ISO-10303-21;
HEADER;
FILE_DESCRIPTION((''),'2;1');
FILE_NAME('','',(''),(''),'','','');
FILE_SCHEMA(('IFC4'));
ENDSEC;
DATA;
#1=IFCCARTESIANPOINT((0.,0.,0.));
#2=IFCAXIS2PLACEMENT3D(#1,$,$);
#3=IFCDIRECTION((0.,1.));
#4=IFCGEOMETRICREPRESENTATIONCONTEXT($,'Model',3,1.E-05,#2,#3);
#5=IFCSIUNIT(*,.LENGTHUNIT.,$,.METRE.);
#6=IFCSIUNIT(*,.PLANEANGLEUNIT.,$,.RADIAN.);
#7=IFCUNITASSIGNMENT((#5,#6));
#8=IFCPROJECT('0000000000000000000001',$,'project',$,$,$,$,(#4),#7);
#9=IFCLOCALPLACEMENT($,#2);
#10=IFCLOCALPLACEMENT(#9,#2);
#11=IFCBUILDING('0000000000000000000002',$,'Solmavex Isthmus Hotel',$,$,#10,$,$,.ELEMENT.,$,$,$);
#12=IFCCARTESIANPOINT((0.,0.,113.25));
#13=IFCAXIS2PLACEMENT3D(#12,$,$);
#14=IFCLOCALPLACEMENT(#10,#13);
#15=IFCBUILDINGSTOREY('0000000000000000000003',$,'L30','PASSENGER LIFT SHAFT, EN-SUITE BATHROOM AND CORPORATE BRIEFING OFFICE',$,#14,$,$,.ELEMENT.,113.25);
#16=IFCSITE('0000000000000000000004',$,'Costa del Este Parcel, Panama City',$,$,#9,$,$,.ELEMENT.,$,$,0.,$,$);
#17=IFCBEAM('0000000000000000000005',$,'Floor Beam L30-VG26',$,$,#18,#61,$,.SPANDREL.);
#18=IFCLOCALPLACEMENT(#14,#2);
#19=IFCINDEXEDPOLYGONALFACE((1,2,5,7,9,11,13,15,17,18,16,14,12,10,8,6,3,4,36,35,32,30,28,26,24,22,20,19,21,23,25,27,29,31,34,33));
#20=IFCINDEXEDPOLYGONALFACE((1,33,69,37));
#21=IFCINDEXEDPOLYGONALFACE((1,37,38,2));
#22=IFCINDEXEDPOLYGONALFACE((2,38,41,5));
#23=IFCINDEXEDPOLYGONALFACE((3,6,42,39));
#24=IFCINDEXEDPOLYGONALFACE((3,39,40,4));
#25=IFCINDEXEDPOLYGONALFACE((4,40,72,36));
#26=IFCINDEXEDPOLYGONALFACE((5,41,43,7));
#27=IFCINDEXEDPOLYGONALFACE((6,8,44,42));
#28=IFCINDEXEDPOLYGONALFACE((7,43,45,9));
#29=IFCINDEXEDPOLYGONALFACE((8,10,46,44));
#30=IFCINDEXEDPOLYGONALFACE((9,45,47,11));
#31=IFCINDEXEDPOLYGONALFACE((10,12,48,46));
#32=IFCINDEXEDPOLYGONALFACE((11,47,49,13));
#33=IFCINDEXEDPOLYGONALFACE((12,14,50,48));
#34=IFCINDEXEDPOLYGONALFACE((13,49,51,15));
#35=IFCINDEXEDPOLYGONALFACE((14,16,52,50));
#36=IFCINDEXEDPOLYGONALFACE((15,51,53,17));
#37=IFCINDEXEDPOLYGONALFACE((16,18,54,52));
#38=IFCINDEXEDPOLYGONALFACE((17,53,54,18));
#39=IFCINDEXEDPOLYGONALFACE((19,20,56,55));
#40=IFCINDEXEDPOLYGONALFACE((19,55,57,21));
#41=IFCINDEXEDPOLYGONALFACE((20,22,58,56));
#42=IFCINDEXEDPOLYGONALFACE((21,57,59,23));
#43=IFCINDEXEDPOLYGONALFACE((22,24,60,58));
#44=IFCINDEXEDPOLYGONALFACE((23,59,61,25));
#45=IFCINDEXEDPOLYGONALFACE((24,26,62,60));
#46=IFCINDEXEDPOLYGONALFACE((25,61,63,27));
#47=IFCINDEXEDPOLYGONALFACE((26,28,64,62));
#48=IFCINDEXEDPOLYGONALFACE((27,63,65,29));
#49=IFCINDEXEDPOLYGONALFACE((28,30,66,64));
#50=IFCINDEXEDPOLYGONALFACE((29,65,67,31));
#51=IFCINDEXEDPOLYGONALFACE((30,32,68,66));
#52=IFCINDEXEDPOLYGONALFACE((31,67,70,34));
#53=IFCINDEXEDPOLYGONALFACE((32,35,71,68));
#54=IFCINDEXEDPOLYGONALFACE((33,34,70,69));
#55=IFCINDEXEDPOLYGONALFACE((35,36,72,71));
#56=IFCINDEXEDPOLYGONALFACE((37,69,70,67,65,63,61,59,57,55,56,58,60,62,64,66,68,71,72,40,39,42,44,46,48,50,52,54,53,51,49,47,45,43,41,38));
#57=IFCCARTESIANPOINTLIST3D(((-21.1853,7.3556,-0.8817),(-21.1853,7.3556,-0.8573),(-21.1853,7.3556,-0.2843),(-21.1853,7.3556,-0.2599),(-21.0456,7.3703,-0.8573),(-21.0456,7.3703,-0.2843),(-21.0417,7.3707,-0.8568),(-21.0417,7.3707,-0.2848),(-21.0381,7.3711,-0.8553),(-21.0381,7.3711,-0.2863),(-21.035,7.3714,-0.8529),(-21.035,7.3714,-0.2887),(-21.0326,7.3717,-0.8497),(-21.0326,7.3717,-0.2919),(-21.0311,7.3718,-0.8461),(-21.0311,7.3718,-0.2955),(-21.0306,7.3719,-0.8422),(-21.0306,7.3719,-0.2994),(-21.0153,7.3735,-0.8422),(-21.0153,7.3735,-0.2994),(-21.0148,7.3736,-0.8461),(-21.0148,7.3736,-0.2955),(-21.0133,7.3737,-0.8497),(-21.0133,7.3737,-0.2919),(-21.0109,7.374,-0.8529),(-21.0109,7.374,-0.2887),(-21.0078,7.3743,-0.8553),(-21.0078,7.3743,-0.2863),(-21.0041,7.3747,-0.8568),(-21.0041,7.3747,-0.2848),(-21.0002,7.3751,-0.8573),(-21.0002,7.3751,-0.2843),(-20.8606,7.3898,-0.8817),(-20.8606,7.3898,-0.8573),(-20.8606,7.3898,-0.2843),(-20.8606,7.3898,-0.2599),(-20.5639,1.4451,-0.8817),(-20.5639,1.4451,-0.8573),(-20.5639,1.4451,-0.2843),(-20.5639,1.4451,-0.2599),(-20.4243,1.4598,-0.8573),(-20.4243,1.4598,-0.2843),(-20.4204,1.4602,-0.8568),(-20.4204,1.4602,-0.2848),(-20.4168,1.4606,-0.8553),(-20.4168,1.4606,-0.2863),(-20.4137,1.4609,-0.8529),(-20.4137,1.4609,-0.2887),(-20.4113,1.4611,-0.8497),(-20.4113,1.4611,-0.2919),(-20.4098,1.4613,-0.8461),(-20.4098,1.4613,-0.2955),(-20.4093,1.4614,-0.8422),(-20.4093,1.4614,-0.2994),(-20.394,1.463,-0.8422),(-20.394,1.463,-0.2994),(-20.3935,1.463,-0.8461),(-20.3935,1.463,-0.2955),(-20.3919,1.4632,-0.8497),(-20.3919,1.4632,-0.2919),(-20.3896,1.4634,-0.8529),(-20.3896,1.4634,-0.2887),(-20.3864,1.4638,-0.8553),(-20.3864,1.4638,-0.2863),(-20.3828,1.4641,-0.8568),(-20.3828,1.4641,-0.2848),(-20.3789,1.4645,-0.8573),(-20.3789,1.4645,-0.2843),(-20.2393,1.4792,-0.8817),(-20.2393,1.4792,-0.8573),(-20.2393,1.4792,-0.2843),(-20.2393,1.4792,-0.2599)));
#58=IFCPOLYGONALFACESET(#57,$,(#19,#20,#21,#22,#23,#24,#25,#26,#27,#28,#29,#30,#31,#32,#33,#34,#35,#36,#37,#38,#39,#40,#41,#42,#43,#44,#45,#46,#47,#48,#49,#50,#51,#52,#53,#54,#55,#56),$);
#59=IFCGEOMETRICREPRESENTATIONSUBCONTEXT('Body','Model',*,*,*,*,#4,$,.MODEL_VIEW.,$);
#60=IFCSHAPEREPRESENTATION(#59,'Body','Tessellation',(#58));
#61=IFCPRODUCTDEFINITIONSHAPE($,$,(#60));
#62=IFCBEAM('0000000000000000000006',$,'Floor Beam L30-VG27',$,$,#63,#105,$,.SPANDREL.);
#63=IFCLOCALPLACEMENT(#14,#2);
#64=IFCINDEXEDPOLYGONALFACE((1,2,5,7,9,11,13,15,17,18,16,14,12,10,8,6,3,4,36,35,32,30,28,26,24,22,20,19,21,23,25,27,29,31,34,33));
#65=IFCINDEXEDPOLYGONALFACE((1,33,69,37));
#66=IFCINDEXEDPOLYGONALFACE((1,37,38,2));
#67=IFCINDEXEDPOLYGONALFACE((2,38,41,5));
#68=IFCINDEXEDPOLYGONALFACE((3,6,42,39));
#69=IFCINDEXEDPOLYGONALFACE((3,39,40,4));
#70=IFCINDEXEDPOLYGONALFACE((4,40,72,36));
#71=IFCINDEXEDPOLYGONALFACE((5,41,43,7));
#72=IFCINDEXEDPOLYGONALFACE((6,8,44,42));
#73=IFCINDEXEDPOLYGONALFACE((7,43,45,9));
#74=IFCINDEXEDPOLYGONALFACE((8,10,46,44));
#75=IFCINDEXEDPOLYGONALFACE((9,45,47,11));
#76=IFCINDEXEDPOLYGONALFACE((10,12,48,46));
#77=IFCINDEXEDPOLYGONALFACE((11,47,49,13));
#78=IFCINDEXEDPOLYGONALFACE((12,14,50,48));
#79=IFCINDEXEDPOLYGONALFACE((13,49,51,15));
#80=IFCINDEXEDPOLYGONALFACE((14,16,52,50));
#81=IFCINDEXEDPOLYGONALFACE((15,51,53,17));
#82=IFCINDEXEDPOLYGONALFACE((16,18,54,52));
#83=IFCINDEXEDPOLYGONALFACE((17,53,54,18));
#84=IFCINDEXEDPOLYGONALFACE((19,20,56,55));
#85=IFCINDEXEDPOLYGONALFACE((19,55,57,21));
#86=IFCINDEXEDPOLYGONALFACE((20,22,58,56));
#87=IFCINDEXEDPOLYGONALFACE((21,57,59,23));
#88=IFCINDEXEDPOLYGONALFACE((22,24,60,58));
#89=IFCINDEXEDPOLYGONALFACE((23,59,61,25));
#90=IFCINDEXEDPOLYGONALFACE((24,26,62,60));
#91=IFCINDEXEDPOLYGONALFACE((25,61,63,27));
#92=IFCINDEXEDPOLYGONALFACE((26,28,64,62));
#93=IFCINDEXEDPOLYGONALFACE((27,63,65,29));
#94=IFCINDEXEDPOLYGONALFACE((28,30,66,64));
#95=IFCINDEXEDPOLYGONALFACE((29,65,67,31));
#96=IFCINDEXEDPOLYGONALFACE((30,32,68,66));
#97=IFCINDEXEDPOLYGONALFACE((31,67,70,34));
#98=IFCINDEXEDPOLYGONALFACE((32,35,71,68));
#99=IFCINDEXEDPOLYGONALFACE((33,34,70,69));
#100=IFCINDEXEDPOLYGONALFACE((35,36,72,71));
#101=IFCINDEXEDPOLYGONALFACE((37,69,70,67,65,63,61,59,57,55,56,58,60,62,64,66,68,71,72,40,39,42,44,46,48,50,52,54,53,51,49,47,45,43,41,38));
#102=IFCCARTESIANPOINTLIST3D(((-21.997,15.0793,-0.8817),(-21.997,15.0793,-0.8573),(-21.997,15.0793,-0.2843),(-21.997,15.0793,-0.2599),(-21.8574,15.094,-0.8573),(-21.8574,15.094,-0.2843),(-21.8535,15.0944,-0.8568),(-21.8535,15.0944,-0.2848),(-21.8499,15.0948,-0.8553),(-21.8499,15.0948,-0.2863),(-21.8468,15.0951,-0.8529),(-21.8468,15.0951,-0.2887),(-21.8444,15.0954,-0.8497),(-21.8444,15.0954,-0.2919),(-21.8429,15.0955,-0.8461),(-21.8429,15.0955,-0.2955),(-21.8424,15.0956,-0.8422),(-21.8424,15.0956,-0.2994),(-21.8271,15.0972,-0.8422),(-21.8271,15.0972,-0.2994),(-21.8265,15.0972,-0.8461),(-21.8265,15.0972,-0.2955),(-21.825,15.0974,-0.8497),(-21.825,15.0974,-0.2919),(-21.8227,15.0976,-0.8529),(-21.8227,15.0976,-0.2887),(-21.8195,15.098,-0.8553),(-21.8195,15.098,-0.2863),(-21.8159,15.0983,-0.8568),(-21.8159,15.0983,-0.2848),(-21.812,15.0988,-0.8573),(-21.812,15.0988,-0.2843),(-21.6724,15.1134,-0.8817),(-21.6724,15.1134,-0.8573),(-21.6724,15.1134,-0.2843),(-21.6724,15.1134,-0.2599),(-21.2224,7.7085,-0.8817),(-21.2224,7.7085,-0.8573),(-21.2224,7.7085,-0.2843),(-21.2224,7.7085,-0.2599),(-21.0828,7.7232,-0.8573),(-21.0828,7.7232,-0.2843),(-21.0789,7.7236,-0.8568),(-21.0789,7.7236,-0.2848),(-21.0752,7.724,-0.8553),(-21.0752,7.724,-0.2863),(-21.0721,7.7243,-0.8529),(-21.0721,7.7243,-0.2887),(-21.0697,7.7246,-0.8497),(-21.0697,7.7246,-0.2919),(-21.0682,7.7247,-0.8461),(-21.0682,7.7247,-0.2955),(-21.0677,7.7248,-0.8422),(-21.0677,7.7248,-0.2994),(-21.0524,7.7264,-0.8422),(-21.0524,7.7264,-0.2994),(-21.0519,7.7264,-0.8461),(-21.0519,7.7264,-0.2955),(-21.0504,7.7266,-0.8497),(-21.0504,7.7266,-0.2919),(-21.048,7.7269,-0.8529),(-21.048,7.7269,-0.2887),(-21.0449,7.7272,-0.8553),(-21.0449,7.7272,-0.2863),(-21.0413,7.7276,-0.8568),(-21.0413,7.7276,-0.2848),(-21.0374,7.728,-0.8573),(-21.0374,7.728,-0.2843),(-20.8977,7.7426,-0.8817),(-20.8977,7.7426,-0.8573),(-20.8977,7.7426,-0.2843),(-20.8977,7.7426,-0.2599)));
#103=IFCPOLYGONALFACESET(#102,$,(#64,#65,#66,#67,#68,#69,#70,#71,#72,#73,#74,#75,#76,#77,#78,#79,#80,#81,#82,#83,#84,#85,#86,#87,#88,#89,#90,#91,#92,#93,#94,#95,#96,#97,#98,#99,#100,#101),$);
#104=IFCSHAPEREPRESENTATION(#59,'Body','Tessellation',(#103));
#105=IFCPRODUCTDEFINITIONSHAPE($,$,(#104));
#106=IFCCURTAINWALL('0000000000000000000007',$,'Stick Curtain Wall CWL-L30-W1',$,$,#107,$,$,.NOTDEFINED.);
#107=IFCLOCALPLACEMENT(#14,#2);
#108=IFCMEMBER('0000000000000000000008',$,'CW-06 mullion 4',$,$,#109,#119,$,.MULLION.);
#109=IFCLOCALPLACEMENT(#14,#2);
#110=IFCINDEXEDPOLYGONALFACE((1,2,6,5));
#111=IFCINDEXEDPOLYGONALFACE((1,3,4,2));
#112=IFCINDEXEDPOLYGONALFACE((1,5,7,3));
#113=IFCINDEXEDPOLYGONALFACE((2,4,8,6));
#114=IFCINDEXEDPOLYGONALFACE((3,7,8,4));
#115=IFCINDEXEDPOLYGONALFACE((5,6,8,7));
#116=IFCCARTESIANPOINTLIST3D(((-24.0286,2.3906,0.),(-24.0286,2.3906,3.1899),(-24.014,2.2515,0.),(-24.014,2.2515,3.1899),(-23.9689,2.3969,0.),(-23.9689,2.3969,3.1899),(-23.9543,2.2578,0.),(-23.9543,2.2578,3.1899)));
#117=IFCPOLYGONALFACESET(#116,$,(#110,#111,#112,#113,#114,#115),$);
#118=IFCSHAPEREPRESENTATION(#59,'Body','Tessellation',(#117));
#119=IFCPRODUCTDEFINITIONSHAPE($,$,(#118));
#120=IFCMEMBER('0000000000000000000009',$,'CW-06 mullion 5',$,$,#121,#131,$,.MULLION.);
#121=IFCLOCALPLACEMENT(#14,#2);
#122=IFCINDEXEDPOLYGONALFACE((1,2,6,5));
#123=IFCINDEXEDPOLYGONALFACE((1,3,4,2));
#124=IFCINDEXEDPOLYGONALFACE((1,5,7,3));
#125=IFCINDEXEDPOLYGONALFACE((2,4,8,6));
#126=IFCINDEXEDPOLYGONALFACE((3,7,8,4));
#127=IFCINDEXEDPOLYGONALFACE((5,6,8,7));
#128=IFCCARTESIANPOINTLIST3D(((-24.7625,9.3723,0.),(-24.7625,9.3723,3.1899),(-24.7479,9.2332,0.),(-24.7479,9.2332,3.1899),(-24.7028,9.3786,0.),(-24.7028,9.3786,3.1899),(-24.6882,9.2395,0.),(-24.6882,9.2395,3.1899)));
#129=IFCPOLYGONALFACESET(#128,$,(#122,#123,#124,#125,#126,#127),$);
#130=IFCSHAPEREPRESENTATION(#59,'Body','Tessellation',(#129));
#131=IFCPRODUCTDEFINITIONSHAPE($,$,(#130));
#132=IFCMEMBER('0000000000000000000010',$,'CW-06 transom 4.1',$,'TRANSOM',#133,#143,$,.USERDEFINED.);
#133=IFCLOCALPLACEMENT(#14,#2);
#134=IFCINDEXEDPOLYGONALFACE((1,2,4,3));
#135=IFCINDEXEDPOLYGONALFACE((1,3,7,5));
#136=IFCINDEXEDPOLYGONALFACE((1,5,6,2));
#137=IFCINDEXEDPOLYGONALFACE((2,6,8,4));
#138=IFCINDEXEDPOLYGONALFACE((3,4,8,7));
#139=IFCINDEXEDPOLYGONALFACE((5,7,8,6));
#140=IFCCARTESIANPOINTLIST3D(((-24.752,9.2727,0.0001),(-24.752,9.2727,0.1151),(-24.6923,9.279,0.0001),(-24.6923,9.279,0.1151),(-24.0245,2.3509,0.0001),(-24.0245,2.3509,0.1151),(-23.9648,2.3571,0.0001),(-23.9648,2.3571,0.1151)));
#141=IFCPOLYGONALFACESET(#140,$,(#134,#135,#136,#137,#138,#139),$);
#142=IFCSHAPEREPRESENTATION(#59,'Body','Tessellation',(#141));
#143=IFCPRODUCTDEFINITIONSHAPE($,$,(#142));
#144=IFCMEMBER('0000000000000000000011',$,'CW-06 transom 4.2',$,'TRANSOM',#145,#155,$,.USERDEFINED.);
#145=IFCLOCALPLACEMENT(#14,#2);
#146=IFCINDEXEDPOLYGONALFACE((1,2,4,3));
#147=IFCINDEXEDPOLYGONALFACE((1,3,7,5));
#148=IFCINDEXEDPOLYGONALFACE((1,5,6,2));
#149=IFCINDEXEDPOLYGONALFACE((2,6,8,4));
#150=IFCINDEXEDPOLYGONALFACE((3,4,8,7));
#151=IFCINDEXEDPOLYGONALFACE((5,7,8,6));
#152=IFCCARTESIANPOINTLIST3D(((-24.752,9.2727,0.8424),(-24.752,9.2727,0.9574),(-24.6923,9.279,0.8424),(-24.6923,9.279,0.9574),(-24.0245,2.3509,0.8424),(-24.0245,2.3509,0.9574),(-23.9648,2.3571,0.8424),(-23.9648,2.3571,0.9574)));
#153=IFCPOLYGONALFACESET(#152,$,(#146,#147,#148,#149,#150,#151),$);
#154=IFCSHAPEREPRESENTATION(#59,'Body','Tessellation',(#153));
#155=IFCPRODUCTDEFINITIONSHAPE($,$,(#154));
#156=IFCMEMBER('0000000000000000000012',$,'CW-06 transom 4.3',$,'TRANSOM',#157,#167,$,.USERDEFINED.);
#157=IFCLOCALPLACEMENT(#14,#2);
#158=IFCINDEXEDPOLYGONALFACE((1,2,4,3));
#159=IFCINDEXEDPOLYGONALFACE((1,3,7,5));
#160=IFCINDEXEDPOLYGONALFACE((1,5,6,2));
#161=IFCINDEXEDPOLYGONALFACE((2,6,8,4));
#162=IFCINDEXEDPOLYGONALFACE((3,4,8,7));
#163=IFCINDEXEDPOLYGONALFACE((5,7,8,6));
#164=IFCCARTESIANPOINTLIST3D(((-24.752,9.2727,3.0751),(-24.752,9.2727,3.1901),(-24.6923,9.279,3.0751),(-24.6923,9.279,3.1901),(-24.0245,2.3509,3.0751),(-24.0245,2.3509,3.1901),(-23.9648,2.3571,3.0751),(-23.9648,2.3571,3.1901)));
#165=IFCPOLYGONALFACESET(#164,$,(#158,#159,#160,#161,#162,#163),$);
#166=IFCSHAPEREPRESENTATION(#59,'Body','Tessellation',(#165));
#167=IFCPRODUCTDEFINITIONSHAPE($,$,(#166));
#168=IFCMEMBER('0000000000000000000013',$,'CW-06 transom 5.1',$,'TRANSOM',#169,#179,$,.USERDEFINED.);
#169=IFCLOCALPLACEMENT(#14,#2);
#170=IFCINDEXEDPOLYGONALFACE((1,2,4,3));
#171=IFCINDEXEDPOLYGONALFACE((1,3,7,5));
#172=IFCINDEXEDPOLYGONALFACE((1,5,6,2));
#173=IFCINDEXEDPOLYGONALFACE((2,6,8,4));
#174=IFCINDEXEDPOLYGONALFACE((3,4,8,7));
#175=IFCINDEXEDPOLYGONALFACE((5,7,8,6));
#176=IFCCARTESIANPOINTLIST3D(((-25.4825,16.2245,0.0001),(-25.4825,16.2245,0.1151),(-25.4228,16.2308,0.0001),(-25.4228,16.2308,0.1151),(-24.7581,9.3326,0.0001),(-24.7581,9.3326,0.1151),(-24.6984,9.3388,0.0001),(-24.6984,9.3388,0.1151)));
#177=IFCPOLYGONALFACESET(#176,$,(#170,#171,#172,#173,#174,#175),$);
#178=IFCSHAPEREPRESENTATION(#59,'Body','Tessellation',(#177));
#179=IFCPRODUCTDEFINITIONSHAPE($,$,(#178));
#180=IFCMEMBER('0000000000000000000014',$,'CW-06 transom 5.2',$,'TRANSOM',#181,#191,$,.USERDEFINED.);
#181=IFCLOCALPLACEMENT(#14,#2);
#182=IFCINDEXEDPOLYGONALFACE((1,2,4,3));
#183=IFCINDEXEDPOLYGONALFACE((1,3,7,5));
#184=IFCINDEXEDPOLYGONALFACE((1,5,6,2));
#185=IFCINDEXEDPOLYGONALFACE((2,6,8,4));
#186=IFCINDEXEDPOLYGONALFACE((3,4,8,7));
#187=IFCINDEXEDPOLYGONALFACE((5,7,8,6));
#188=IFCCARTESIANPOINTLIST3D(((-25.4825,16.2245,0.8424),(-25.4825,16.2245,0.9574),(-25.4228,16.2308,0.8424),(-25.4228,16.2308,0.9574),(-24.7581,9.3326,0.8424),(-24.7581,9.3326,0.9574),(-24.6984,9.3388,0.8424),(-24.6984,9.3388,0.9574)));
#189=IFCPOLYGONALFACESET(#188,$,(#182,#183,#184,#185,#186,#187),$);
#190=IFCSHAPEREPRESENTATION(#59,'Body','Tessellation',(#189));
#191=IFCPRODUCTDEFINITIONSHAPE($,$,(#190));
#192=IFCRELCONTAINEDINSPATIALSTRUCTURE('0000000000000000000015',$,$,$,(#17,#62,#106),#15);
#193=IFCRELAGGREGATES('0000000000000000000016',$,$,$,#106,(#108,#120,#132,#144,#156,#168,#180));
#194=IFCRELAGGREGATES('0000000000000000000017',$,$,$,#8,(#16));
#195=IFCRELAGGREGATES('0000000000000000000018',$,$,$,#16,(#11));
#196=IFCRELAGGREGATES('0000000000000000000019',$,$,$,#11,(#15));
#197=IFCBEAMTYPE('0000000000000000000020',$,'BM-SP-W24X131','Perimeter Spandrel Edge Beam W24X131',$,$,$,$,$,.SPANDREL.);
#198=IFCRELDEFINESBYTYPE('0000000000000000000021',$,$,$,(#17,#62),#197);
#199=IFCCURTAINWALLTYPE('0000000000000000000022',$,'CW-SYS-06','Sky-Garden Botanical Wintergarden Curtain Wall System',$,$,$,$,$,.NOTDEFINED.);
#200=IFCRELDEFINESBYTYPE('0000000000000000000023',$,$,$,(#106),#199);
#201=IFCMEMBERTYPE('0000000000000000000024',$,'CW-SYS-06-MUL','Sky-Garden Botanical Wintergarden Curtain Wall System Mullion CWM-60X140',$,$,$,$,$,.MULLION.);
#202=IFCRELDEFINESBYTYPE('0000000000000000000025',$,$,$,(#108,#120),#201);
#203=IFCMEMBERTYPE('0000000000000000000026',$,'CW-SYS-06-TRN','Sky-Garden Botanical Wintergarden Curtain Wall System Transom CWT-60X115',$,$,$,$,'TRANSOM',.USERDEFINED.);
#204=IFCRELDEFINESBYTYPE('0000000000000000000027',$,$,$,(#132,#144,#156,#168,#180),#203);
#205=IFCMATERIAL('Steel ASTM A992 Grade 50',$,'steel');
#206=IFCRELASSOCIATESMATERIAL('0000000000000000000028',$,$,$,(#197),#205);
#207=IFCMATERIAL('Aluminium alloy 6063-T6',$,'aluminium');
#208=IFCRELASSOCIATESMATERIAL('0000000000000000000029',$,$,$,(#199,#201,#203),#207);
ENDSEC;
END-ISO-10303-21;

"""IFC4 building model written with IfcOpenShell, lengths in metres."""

from ifc_helpers import new_model, si_unit, direction, frame, origin, origin_2d, place, context, subcontext, project, spatial, rectangle, i_section, extrude, material, material_profile, profile_set, type_object, element, aggregate, save


model = new_model("IFC4")

# Units and contexts
model_context = context("Model", 3, precision=1e-05, world=origin(), true_north=direction((0.0, 1.0)))
body_context = subcontext(model_context, "Body", "Model", "MODEL_VIEW")
ifc_project = project(units=[si_unit("LENGTHUNIT", "METRE"), si_unit("PLANEANGLEUNIT", "RADIAN")], contexts=[model_context])

# Site, building, storey
site_placement = place(None, origin())
site = spatial("IfcSite", under=ifc_project, at=site_placement, Name="Costa del Este Parcel, Panama City", CompositionType="ELEMENT", RefElevation=0.0)
building_placement = place(site_placement, origin())
building = spatial("IfcBuilding", under=site, at=building_placement, Name="Solmavex Isthmus Hotel", CompositionType="ELEMENT")
storey_placement = place(building_placement, frame((0.0, 0.0, 113.25)))
storey = spatial("IfcBuildingStorey", under=building, at=storey_placement, Name="L30", Description="PASSENGER LIFT SHAFT, EN-SUITE BATHROOM AND CORPORATE BRIEFING OFFICE", CompositionType="ELEMENT", Elevation=113.25)

# Beams
ifc_material_1 = material(Name="Steel ASTM A992 Grade 50", Category="steel")
ifc_material_profile_1 = material_profile(ifc_material_1, i_section(OverallWidth=0.3264, OverallDepth=0.6218, WebThickness=0.0154, FlangeThickness=0.0244, FilletRadius=0.0151, at=origin_2d()), Name="W24X131")
ifc_profile_set_1 = profile_set([ifc_material_profile_1], Name="Steel ASTM A992 Grade 50")
beam_type_1 = type_object("IfcBeamType", Name="BM-SP-W24X131", Description="Perimeter Spandrel Edge Beam W24X131", PredefinedType="SPANDREL", material=ifc_profile_set_1)
beam_1_placement = place(storey_placement, frame((-20.4016, 1.4622, -0.5708), z_axis=(-0.104546, 0.99452, 0.0), x_axis=(-0.99452, -0.104546, 0.0)))
element("IfcBeam", 1, at=beam_1_placement, inside=storey, type_object=beam_type_1, Name="Floor Beam L30-VG26", PredefinedType="SPANDREL", context=body_context, shape_type="SweptSolid", body=[
    extrude(i_section(OverallWidth=0.3264, OverallDepth=0.6218, WebThickness=0.0154, FlangeThickness=0.0244, FilletRadius=0.0151, at=origin_2d()), origin(), (0.0, 0.0, 1.0), 5.9431),
])
beam_2_placement = place(storey_placement, frame((-21.0601, 7.7256, -0.5708), z_axis=(-0.104522, 0.994523, 0.0), x_axis=(-0.994523, -0.104522, 0.0)))
element("IfcBeam", 2, at=beam_2_placement, inside=storey, type_object=beam_type_1, Name="Floor Beam L30-VG27", PredefinedType="SPANDREL", context=body_context, shape_type="SweptSolid", body=[
    extrude(i_section(OverallWidth=0.3264, OverallDepth=0.6218, WebThickness=0.0154, FlangeThickness=0.0244, FilletRadius=0.0151, at=origin_2d()), origin(), (0.0, 0.0, 1.0), 7.4114),
])

# Curtain wall, members
ifc_material_2 = material(Name="Aluminium alloy 6063-T6", Category="aluminium")
curtain_wall_type = type_object("IfcCurtainWallType", Name="CW-SYS-06", Description="Sky-Garden Botanical Wintergarden Curtain Wall System", PredefinedType="NOTDEFINED", material=ifc_material_2)
curtain_wall_placement = place(storey_placement, origin())
curtain_wall = element("IfcCurtainWall", 3, at=curtain_wall_placement, inside=storey, type_object=curtain_wall_type, Name="Stick Curtain Wall CWL-L30-W1", PredefinedType="NOTDEFINED")
ifc_material_profile_2 = material_profile(ifc_material_2, rectangle(XDim=0.0601, YDim=0.1399, at=origin_2d()), Name="CWM-60X140")
ifc_profile_set_2 = profile_set([ifc_material_profile_2], Name="Aluminium alloy 6063-T6")
member_type_1 = type_object("IfcMemberType", Name="CW-SYS-06-MUL", Description="Sky-Garden Botanical Wintergarden Curtain Wall System Mullion CWM-60X140", PredefinedType="MULLION", material=ifc_profile_set_2)
member_1_placement = place(storey_placement, frame((-23.9915, 2.3242, 0.0), z_axis=(0.0, 0.0, 1.0), x_axis=(-0.994522, -0.104528, 0.0)))
member_1 = element("IfcMember", 4, at=member_1_placement, type_object=member_type_1, Name="CW-06 mullion 4", PredefinedType="MULLION", context=body_context, shape_type="SweptSolid", body=[
    extrude(rectangle(XDim=0.0601, YDim=0.1399, at=origin_2d()), origin(), (0.0, 0.0, 1.0), 3.1899),
])
member_2_placement = place(storey_placement, frame((-24.7253, 9.3059, 0.0), z_axis=(0.0, 0.0, 1.0), x_axis=(-0.994522, -0.104528, 0.0)))
member_2 = element("IfcMember", 5, at=member_2_placement, type_object=member_type_1, Name="CW-06 mullion 5", PredefinedType="MULLION", context=body_context, shape_type="SweptSolid", body=[
    extrude(rectangle(XDim=0.0601, YDim=0.1399, at=origin_2d()), origin(), (0.0, 0.0, 1.0), 3.1899),
])
ifc_material_profile_3 = material_profile(ifc_material_2, rectangle(XDim=0.0601, YDim=0.115, at=origin_2d()), Name="CWT-60X115")
ifc_profile_set_3 = profile_set([ifc_material_profile_3], Name="Aluminium alloy 6063-T6")
member_type_2 = type_object("IfcMemberType", Name="CW-SYS-06-TRN", Description="Sky-Garden Botanical Wintergarden Curtain Wall System Transom CWT-60X115", ElementType="TRANSOM", PredefinedType="USERDEFINED", material=ifc_profile_set_3)
member_3_placement = place(storey_placement, frame((-23.9946, 2.354, 0.0576), z_axis=(-0.104531, 0.994522, 0.0), x_axis=(-0.994522, -0.104531, 0.0)))
member_3 = element("IfcMember", 6, at=member_3_placement, type_object=member_type_2, Name="CW-06 transom 4.1", ObjectType="TRANSOM", PredefinedType="USERDEFINED", context=body_context, shape_type="SweptSolid", body=[
    extrude(rectangle(XDim=0.0601, YDim=0.115, at=origin_2d()), origin(), (0.0, 0.0, 1.0), 6.96),
])
member_4_placement = place(storey_placement, frame((-23.9946, 2.354, 0.8999), z_axis=(-0.104531, 0.994522, 0.0), x_axis=(-0.994522, -0.104531, 0.0)))
member_4 = element("IfcMember", 7, at=member_4_placement, type_object=member_type_2, Name="CW-06 transom 4.2", ObjectType="TRANSOM", PredefinedType="USERDEFINED", context=body_context, shape_type="SweptSolid", body=[
    extrude(rectangle(XDim=0.0601, YDim=0.115, at=origin_2d()), origin(), (0.0, 0.0, 1.0), 6.96),
])
member_5_placement = place(storey_placement, frame((-23.9946, 2.354, 3.1326), z_axis=(-0.104531, 0.994522, 0.0), x_axis=(-0.994522, -0.104531, 0.0)))
member_5 = element("IfcMember", 8, at=member_5_placement, type_object=member_type_2, Name="CW-06 transom 4.3", ObjectType="TRANSOM", PredefinedType="USERDEFINED", context=body_context, shape_type="SweptSolid", body=[
    extrude(rectangle(XDim=0.0601, YDim=0.115, at=origin_2d()), origin(), (0.0, 0.0, 1.0), 6.96),
])
member_6_placement = place(storey_placement, frame((-24.7283, 9.3357, 0.0576), z_axis=(-0.104525, 0.994522, 0.0), x_axis=(-0.994522, -0.104525, 0.0)))
member_6 = element("IfcMember", 9, at=member_6_placement, type_object=member_type_2, Name="CW-06 transom 5.1", ObjectType="TRANSOM", PredefinedType="USERDEFINED", context=body_context, shape_type="SweptSolid", body=[
    extrude(rectangle(XDim=0.0601, YDim=0.115, at=origin_2d()), origin(), (0.0, 0.0, 1.0), 6.9299),
])
member_7_placement = place(storey_placement, frame((-24.7283, 9.3357, 0.8999), z_axis=(-0.104525, 0.994522, 0.0), x_axis=(-0.994522, -0.104525, 0.0)))
member_7 = element("IfcMember", 10, at=member_7_placement, type_object=member_type_2, Name="CW-06 transom 5.2", ObjectType="TRANSOM", PredefinedType="USERDEFINED", context=body_context, shape_type="SweptSolid", body=[
    extrude(rectangle(XDim=0.0601, YDim=0.115, at=origin_2d()), origin(), (0.0, 0.0, 1.0), 6.9299),
])
aggregate(curtain_wall, [member_1, member_2, member_3, member_4, member_5, member_6, member_7])

save(model, "model.ifc")
